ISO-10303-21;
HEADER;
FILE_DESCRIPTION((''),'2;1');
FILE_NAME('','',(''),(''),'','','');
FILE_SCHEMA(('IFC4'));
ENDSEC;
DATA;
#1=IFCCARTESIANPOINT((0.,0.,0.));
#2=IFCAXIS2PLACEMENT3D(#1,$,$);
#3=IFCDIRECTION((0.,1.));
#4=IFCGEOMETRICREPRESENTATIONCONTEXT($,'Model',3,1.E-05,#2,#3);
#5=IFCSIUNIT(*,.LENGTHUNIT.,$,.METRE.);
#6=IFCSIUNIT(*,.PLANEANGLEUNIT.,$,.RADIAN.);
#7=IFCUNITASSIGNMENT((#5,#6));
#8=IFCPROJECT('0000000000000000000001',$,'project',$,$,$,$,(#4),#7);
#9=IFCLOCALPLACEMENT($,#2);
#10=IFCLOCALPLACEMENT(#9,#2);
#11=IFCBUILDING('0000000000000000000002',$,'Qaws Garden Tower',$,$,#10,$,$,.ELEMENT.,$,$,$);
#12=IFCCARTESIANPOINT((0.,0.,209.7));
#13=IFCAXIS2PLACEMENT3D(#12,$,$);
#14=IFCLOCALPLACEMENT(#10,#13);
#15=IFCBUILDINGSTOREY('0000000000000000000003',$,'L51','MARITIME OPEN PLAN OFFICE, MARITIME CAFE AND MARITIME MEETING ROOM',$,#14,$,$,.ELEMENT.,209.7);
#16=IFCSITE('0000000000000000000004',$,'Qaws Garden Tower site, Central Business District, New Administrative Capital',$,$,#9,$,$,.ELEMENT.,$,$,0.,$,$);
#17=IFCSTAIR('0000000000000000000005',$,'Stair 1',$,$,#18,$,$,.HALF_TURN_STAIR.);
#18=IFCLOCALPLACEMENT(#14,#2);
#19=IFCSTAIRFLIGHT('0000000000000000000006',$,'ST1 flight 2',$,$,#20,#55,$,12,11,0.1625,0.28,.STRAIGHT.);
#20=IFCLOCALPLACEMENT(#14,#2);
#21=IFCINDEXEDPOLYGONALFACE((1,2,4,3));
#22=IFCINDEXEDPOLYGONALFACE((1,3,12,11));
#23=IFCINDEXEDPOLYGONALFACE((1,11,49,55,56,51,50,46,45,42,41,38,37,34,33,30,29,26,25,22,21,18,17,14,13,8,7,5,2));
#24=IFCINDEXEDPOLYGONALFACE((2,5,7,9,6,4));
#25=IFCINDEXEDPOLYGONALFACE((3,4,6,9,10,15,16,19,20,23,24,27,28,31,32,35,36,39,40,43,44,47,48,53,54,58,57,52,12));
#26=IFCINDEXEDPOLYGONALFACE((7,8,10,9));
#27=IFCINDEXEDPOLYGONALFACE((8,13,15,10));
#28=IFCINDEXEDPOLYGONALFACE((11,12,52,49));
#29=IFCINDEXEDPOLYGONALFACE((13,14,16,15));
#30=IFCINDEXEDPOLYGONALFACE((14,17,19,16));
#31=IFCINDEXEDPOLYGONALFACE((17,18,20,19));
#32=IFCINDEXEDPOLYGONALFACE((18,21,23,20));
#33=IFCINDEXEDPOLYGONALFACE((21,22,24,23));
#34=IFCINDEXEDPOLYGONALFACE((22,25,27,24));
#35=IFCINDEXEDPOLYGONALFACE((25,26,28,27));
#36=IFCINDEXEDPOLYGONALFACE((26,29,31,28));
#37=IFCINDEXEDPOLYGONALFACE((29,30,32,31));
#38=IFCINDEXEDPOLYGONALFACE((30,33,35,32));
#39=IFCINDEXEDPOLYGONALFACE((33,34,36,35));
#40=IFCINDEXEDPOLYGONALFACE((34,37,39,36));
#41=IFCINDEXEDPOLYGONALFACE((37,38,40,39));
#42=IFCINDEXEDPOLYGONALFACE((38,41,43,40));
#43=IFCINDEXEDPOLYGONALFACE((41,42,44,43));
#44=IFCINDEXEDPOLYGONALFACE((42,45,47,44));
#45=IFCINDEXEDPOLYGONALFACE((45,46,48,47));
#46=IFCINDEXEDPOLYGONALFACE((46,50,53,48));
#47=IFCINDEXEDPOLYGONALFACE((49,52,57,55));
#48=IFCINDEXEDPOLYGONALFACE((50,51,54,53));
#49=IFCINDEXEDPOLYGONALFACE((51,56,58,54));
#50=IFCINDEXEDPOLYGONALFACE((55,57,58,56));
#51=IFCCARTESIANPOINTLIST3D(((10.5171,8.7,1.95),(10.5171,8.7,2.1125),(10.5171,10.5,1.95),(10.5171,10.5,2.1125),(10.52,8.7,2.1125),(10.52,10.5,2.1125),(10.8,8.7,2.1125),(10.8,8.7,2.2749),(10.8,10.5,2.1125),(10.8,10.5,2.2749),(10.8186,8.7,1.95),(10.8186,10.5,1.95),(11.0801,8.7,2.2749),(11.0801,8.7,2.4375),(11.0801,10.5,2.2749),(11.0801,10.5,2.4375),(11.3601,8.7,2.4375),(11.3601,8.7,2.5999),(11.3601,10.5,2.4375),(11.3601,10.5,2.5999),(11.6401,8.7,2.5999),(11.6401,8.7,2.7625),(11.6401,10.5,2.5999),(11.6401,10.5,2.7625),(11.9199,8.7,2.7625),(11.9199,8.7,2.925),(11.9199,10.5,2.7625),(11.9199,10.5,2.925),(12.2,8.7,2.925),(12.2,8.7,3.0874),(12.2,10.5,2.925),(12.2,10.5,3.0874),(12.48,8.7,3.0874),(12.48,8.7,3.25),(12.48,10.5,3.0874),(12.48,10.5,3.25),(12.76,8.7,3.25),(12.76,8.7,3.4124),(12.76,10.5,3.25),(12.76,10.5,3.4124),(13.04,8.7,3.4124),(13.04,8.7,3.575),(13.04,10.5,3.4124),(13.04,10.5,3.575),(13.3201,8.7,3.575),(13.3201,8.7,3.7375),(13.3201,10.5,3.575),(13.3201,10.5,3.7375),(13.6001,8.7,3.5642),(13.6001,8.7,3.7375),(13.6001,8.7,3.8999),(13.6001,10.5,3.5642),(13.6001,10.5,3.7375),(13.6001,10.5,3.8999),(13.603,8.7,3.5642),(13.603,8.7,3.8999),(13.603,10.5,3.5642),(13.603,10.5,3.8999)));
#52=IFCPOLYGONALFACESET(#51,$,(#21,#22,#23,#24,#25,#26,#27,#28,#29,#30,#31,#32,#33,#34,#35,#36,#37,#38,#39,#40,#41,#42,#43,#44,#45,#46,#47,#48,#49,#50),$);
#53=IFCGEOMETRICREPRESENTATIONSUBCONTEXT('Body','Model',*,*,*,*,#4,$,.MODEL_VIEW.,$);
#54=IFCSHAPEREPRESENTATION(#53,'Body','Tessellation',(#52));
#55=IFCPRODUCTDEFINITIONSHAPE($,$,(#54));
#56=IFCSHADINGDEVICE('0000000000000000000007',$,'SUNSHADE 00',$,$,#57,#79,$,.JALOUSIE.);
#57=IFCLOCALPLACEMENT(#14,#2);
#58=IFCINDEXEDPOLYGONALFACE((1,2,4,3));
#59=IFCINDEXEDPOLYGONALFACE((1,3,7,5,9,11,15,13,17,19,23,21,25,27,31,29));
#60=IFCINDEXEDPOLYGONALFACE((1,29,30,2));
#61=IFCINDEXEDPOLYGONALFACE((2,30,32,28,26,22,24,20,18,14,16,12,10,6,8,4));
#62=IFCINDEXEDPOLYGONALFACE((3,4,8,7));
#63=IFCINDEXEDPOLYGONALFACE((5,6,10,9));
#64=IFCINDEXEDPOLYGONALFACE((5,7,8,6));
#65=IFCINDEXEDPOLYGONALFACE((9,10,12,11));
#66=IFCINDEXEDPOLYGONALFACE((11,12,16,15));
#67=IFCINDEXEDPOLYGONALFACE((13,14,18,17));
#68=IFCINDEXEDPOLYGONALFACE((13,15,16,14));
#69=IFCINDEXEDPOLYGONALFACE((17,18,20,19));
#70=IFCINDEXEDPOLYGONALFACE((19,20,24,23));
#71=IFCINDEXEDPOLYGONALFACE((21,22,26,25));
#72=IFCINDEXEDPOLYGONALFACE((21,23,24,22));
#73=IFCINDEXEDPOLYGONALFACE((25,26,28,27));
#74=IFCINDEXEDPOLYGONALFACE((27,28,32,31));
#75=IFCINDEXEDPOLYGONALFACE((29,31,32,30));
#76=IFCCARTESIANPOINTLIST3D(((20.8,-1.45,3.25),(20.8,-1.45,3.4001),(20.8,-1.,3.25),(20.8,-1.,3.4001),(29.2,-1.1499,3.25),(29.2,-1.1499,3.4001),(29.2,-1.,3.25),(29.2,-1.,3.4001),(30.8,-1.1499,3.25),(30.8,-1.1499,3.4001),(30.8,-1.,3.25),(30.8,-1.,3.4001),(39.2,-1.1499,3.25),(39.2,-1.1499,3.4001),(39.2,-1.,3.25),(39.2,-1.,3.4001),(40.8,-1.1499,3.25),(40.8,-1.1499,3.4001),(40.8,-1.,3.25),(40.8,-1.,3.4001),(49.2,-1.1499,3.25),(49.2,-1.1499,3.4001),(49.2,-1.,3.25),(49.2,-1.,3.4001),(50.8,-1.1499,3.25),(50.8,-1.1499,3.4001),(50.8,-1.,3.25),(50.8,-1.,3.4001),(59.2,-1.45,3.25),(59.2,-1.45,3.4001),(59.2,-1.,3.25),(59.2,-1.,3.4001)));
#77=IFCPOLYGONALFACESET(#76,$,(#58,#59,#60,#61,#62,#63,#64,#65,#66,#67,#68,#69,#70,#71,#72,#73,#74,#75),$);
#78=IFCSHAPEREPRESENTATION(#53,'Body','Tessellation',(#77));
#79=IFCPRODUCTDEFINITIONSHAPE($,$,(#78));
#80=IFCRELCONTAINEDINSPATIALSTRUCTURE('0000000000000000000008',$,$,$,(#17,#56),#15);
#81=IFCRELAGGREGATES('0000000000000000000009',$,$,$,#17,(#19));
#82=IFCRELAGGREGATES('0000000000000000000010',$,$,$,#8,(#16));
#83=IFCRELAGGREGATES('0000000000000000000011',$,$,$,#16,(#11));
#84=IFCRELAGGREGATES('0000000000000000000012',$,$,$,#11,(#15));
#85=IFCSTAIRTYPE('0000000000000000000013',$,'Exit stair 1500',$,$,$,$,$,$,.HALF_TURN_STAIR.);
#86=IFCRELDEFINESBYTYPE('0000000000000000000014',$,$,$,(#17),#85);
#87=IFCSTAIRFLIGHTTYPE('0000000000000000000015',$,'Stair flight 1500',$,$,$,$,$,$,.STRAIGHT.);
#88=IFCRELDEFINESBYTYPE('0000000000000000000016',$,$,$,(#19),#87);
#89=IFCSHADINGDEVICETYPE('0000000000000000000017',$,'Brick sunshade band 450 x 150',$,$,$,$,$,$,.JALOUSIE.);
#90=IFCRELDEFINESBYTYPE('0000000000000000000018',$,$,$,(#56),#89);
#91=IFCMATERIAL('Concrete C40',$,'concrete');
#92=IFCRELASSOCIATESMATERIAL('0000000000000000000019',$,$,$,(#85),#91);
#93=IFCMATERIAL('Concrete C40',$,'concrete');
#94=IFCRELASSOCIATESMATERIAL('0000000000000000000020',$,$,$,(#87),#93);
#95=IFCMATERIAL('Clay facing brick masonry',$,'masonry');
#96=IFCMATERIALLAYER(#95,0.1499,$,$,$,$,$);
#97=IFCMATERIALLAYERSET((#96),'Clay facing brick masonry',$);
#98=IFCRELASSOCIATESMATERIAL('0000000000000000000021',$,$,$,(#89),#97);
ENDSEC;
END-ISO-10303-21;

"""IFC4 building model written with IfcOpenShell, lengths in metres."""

from ifc_helpers import new_model, si_unit, direction, frame, origin, place, context, subcontext, project, spatial, polyline, outline, extrude, material, layer, layer_set, type_object, element, aggregate, save


model = new_model("IFC4")

# Units and contexts
model_context = context("Model", 3, precision=1e-05, world=origin(), true_north=direction((0.0, 1.0)))
body_context = subcontext(model_context, "Body", "Model", "MODEL_VIEW")
ifc_project = project(units=[si_unit("LENGTHUNIT", "METRE"), si_unit("PLANEANGLEUNIT", "RADIAN")], contexts=[model_context])

# Site, building, storey
site_placement = place(None, origin())
site = spatial("IfcSite", under=ifc_project, at=site_placement, Name="Qaws Garden Tower site, Central Business District, New Administrative Capital", CompositionType="ELEMENT", RefElevation=0.0)
building_placement = place(site_placement, origin())
building = spatial("IfcBuilding", under=site, at=building_placement, Name="Qaws Garden Tower", CompositionType="ELEMENT")
storey_placement = place(building_placement, frame((0.0, 0.0, 209.7)))
storey = spatial("IfcBuildingStorey", under=building, at=storey_placement, Name="L51", Description="MARITIME OPEN PLAN OFFICE, MARITIME CAFE AND MARITIME MEETING ROOM", CompositionType="ELEMENT", Elevation=209.7)

# Stair
ifc_material_1 = material(Name="Concrete C40", Category="concrete")
stair_type_1 = type_object("IfcStairType", Name="Exit stair 1500", PredefinedType="HALF_TURN_STAIR", material=ifc_material_1)
placement_1 = place(storey_placement, origin())
stair_1 = element("IfcStair", 1, at=placement_1, inside=storey, type_object=stair_type_1, Name="Stair 1", PredefinedType="HALF_TURN_STAIR")

# Stair flight
ifc_material_2 = material(Name="Concrete C40", Category="concrete")
stair_flight_type = type_object("IfcStairFlightType", Name="Stair flight 1500", PredefinedType="STRAIGHT", material=ifc_material_2)
stair_flight_placement = place(storey_placement, frame((10.52, 9.6001, 1.95), z_axis=(0.0, 0.0, 1.0), x_axis=(1.0, 0.0, 0.0)))
stair_flight = element("IfcStairFlight", 2, at=stair_flight_placement, type_object=stair_flight_type, Name="ST1 flight 2", NumberOfRisers=12, NumberOfTreads=11, PredefinedType="STRAIGHT", RiserHeight=0.1625, TreadLength=0.28, context=body_context, shape_type="SweptSolid", body=[
    extrude(outline(polyline([(-0.0029, 0.0), (-0.0029, 0.1626), (0.0, 0.1626), (0.28, 0.1626), (0.28, 0.325), (0.5601, 0.325), (0.5601, 0.4875), (0.8401, 0.4875), (0.8401, 0.6499), (1.1201, 0.6499), (1.1201, 0.8125), (1.3999, 0.8125), (1.3999, 0.9751), (1.6799, 0.9751), (1.6799, 1.1375), (1.96, 1.1375), (1.96, 1.3), (2.24, 1.3), (2.24, 1.4624), (2.52, 1.4624), (2.52, 1.625), (2.8, 1.625), (2.8, 1.7876), (3.0801, 1.7876), (3.0801, 1.95), (3.083, 1.95), (3.083, 1.6143), (3.0801, 1.6143), (0.2986, 0.0), (-0.0029, 0.0)])), frame((0.0, 0.8999, 0.0), z_axis=(0.0, -1.0, 0.0), x_axis=(1.0, 0.0, 0.0)), (0.0, 0.0, 1.0), 1.8),
])
aggregate(stair_1, [stair_flight])

# Shading device
ifc_material_3 = material(Name="Clay facing brick masonry", Category="masonry")
ifc_layer_1 = layer(ifc_material_3, 0.1499)
ifc_layer_set_1 = layer_set([ifc_layer_1], Name="Clay facing brick masonry")
shading_device_type = type_object("IfcShadingDeviceType", Name="Brick sunshade band 450 x 150", PredefinedType="JALOUSIE", material=ifc_layer_set_1)
shading_device_placement = place(storey_placement, frame((0.0, 0.0, 3.25)))
element("IfcShadingDevice", 3, at=shading_device_placement, inside=storey, type_object=shading_device_type, Name="SUNSHADE 00", PredefinedType="JALOUSIE", context=body_context, shape_type="SweptSolid", body=[
    extrude(outline(polyline([(20.8, -1.0), (20.8, -1.45), (59.2, -1.45), (59.2, -1.0), (50.8, -1.0), (50.8, -1.1499), (49.2, -1.1499), (49.2, -1.0), (40.8, -1.0), (40.8, -1.1499), (39.2, -1.1499), (39.2, -1.0), (30.8, -1.0), (30.8, -1.1499), (29.2, -1.1499), (29.2, -1.0), (20.8, -1.0)])), origin(), (0.0, 0.0, 1.0), 0.1501),
])

save(model, "model.ifc")
